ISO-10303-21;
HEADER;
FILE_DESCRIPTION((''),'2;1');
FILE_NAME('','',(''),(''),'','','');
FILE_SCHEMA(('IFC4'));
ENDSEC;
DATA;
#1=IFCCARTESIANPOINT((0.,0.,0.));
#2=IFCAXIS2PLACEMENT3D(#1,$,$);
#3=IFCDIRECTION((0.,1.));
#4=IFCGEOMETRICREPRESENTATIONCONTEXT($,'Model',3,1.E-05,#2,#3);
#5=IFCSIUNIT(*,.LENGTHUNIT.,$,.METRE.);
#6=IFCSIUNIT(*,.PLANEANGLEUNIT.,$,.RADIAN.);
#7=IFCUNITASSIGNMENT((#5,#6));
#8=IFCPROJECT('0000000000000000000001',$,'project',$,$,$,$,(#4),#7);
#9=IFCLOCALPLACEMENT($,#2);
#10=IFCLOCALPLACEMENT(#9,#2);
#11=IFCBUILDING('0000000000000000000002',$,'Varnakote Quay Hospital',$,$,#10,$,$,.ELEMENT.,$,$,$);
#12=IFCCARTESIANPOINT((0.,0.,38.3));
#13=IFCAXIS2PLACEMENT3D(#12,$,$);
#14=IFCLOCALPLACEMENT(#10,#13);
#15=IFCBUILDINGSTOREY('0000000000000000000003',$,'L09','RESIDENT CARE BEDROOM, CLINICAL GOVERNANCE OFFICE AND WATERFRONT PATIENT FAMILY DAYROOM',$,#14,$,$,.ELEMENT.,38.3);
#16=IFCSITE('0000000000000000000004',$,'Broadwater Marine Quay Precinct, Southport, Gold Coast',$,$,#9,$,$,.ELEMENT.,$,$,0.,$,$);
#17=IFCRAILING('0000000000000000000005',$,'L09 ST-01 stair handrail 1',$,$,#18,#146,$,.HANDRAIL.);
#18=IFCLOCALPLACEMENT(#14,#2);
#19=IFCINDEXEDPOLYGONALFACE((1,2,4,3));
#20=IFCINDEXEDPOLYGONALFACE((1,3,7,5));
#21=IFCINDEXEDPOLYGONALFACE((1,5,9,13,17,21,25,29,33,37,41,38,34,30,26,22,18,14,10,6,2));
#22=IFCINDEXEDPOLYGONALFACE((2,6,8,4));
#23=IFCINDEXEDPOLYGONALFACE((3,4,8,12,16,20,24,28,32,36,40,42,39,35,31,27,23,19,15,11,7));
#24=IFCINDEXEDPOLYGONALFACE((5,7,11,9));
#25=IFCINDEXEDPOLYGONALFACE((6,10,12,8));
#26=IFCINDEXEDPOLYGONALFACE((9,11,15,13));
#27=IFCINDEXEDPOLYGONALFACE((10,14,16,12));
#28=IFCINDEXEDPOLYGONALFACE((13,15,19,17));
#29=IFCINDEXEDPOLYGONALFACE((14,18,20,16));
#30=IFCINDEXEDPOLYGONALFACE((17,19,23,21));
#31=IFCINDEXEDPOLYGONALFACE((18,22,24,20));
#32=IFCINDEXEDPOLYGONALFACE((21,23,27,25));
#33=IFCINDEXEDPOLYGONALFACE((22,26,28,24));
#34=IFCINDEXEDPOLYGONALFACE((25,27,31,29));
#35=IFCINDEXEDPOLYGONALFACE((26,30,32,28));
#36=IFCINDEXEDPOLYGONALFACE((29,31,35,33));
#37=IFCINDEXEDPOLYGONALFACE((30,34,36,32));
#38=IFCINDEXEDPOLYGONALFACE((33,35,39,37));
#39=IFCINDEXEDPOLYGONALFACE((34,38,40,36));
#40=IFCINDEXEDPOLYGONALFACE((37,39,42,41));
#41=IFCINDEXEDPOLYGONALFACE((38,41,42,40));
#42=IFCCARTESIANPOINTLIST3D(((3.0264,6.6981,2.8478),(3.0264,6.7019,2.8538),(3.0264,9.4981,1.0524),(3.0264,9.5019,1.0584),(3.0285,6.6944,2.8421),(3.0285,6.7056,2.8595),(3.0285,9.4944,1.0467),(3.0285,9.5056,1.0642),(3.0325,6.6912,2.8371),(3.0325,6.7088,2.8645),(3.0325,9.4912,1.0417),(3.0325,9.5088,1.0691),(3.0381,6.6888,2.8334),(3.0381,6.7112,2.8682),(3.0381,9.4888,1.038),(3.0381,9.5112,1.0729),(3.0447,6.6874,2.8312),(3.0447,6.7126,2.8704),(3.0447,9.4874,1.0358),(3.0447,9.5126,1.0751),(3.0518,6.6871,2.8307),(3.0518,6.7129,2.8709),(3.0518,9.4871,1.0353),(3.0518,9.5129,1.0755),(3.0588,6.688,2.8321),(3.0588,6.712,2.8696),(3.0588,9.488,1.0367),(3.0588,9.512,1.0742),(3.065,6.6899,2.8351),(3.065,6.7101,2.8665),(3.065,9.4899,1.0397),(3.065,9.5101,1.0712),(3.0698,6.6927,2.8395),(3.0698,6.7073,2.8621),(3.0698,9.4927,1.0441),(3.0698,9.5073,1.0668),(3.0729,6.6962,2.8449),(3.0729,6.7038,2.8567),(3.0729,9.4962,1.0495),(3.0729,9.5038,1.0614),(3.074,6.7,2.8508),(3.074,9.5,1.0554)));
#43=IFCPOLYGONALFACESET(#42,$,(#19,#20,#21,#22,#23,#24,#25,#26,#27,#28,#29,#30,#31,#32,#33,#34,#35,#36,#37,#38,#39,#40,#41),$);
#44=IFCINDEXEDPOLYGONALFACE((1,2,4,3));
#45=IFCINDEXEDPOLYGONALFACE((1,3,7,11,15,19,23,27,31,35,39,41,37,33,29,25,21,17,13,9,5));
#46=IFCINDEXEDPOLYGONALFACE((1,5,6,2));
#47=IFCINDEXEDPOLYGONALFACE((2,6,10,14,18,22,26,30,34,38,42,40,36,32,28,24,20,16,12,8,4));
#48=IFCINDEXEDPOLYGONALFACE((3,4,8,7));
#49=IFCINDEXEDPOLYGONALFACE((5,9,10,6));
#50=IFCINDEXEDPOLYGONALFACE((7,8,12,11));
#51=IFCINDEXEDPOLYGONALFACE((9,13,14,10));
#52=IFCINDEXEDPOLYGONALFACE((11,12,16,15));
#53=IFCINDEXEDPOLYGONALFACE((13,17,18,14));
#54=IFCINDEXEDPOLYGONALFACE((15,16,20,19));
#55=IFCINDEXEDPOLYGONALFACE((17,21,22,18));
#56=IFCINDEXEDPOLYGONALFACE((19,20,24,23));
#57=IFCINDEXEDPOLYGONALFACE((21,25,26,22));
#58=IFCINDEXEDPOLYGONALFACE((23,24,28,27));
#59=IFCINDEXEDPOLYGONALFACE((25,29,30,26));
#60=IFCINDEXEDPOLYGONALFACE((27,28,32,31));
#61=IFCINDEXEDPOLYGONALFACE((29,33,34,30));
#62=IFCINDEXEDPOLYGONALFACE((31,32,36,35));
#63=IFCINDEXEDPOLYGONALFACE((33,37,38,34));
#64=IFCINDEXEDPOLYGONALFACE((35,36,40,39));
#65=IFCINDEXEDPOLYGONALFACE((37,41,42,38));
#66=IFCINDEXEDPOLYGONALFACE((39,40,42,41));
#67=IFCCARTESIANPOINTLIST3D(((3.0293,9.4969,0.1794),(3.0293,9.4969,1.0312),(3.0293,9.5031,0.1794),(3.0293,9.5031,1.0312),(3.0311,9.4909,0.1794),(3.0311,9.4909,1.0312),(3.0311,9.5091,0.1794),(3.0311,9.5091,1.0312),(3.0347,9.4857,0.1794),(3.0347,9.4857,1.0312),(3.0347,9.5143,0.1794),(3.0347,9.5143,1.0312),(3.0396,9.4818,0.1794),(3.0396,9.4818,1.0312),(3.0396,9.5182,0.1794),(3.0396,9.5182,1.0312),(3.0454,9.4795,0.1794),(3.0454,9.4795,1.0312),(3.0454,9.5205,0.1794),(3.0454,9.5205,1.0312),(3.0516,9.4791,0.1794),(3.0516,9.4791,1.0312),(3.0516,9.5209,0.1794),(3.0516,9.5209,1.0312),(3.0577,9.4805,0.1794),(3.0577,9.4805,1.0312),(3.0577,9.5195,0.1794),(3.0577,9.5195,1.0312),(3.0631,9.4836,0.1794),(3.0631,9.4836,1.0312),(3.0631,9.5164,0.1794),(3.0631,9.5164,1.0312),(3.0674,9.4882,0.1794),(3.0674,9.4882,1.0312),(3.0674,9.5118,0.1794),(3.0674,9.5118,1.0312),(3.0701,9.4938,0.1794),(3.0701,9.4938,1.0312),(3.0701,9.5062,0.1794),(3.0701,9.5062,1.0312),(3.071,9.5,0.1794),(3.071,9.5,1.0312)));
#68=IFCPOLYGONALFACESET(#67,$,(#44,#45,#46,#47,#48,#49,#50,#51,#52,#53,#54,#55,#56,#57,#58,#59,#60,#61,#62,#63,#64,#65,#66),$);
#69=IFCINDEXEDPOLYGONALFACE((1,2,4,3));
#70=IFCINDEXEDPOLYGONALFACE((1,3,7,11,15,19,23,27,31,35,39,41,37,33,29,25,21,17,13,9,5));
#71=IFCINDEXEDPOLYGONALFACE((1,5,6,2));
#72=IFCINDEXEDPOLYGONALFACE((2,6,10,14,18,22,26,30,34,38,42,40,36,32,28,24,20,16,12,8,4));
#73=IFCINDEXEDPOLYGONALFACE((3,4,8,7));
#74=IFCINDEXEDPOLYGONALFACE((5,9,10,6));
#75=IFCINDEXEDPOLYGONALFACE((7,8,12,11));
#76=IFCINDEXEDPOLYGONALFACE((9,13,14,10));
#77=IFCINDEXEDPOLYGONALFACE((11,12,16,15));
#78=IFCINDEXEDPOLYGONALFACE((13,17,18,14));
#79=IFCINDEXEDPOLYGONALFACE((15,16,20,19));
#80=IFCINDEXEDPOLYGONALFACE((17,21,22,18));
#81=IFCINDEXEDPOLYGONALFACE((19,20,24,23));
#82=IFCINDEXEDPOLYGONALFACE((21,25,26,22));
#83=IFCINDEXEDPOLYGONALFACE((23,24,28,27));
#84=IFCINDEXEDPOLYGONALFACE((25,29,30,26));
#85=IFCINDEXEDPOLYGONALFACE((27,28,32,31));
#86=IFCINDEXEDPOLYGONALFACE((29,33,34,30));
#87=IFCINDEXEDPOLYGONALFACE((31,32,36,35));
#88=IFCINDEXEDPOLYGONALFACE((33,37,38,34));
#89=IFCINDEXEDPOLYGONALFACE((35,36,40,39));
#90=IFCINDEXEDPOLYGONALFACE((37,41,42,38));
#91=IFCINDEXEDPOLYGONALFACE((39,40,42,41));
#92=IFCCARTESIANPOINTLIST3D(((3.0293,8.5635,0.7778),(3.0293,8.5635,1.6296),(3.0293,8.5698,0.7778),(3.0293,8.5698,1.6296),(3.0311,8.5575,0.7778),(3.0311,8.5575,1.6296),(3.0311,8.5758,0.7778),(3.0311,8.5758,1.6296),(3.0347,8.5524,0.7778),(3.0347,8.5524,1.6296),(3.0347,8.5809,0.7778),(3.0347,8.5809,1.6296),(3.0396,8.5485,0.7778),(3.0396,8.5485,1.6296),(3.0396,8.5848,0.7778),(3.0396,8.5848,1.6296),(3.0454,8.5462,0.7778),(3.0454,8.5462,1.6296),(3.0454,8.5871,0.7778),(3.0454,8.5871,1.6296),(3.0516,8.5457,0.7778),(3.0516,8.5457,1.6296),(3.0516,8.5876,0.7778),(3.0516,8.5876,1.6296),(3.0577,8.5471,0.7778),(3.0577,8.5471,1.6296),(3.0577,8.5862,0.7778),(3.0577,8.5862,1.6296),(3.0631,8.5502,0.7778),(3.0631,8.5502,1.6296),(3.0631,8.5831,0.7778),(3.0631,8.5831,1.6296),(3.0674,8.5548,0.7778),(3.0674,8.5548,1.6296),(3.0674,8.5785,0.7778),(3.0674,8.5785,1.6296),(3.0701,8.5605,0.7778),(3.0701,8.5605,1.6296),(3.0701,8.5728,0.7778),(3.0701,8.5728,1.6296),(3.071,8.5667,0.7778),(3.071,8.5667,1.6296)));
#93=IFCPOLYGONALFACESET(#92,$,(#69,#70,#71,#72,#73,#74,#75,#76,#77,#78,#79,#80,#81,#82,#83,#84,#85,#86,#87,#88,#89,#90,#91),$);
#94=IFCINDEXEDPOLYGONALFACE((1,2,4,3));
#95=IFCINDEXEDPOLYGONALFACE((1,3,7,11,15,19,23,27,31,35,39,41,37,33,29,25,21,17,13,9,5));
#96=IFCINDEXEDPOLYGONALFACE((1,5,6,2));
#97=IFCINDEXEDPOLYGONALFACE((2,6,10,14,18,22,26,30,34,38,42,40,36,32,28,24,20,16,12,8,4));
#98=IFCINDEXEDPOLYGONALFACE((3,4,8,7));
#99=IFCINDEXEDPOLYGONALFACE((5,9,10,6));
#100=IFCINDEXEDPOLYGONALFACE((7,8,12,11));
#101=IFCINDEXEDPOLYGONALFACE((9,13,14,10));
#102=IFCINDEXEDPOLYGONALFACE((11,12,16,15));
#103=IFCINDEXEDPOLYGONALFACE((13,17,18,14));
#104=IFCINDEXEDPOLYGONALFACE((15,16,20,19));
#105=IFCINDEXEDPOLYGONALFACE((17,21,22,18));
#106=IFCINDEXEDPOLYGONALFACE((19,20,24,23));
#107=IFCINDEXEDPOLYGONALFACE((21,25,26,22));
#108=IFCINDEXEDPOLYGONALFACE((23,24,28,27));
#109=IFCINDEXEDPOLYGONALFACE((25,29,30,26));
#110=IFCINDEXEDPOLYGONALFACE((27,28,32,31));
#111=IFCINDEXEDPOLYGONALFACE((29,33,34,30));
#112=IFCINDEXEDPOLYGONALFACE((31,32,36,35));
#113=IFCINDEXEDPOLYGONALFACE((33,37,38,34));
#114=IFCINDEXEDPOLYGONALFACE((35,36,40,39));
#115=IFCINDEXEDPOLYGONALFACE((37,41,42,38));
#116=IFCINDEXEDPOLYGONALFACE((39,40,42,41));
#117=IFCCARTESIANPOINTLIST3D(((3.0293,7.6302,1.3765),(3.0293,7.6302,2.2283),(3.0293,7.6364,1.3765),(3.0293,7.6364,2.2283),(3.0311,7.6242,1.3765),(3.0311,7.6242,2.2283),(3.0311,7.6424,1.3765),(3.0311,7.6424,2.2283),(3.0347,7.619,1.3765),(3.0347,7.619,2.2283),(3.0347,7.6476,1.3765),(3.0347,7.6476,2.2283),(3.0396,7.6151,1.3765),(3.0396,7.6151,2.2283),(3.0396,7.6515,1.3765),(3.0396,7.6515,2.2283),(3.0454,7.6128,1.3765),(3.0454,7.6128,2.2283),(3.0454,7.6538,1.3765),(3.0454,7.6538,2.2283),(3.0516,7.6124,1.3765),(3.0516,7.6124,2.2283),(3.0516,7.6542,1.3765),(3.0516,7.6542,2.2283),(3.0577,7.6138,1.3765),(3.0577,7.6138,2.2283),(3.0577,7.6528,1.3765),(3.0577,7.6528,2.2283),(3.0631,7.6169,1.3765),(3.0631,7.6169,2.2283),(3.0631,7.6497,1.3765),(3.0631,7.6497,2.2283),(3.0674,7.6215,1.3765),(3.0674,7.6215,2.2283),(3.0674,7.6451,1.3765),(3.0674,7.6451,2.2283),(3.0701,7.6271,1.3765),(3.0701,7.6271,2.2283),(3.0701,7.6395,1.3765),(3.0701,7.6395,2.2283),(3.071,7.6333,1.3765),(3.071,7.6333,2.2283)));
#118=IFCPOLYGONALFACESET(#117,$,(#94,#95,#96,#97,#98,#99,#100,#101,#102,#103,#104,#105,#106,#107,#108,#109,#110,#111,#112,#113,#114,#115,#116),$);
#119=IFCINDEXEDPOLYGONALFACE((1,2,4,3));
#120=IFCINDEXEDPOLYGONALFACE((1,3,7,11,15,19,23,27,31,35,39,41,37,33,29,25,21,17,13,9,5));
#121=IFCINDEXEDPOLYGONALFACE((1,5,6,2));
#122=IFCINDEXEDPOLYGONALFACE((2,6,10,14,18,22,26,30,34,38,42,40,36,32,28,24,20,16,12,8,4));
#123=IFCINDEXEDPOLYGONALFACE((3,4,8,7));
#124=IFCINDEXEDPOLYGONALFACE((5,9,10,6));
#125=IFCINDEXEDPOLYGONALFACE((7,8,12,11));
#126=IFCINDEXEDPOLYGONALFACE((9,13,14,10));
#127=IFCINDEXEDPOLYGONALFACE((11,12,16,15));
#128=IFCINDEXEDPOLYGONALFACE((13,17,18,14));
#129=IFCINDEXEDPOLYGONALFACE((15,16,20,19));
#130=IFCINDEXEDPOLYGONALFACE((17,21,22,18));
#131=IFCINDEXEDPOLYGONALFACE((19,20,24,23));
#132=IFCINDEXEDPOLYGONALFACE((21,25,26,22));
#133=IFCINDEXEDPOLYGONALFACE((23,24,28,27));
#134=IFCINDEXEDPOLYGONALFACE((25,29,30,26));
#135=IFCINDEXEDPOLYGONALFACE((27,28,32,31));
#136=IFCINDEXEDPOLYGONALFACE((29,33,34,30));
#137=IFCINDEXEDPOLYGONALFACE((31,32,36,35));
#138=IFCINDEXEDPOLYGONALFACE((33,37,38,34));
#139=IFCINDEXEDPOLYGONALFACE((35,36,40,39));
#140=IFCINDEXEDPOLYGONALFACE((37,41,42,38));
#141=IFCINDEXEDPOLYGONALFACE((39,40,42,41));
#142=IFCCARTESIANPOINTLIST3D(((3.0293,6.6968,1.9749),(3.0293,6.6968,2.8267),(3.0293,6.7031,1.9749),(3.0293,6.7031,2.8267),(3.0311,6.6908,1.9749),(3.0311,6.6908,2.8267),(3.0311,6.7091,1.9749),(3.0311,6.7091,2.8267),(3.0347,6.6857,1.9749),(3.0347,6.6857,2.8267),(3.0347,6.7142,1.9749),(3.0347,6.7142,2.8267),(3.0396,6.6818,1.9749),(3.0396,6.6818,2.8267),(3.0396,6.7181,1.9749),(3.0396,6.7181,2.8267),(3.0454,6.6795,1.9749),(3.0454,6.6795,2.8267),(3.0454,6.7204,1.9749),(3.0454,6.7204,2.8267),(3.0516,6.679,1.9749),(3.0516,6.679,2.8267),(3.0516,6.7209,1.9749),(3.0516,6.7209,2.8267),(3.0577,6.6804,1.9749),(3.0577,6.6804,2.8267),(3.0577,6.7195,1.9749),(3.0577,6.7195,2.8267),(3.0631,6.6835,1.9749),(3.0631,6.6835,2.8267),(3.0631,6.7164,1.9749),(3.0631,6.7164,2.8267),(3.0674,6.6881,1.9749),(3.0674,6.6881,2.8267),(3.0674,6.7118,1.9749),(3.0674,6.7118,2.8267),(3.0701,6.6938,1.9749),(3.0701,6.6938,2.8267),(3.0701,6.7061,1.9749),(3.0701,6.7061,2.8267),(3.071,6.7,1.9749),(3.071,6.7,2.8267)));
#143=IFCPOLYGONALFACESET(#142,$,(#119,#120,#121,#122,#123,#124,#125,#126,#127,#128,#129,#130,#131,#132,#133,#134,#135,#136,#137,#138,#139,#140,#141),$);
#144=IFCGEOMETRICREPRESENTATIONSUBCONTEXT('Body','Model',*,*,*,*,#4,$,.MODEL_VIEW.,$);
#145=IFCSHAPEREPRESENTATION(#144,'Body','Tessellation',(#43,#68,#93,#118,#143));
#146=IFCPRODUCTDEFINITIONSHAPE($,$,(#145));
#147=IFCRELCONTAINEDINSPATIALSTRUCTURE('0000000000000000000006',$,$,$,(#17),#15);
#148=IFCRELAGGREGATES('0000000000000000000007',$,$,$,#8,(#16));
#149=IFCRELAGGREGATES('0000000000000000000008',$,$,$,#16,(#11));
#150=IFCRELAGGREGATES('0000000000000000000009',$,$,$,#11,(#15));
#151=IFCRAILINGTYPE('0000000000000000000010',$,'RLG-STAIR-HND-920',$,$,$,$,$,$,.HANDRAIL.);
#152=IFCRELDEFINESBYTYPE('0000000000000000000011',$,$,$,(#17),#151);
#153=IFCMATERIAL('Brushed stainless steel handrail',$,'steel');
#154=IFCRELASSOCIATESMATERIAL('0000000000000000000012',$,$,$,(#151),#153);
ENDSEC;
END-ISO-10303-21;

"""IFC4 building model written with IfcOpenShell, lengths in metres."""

from ifc_helpers import new_model, si_unit, direction, frame, origin, origin_2d, place, context, subcontext, project, spatial, circle, extrude, material, type_object, element, save


model = new_model("IFC4")

# Units and contexts
model_context = context("Model", 3, precision=1e-05, world=origin(), true_north=direction((0.0, 1.0)))
body_context = subcontext(model_context, "Body", "Model", "MODEL_VIEW")
ifc_project = project(units=[si_unit("LENGTHUNIT", "METRE"), si_unit("PLANEANGLEUNIT", "RADIAN")], contexts=[model_context])

# Site, building, storey
site_placement = place(None, origin())
site = spatial("IfcSite", under=ifc_project, at=site_placement, Name="Broadwater Marine Quay Precinct, Southport, Gold Coast", CompositionType="ELEMENT", RefElevation=0.0)
building_placement = place(site_placement, origin())
building = spatial("IfcBuilding", under=site, at=building_placement, Name="Varnakote Quay Hospital", CompositionType="ELEMENT")
storey_placement = place(building_placement, frame((0.0, 0.0, 38.3)))
storey = spatial("IfcBuildingStorey", under=building, at=storey_placement, Name="L09", Description="RESIDENT CARE BEDROOM, CLINICAL GOVERNANCE OFFICE AND WATERFRONT PATIENT FAMILY DAYROOM", CompositionType="ELEMENT", Elevation=38.3)

# Railing
ifc_material_1 = material(Name="Brushed stainless steel handrail", Category="steel")
railing_type = type_object("IfcRailingType", Name="RLG-STAIR-HND-920", PredefinedType="HANDRAIL", material=ifc_material_1)
railing_placement = place(storey_placement, frame((3.05, 9.5, 0.1794)))
element("IfcRailing", 1, at=railing_placement, inside=storey, type_object=railing_type, Name="L09 ST-01 stair handrail 1", PredefinedType="HANDRAIL", context=body_context, shape_type="SweptSolid", body=[
    extrude(circle(Radius=0.0239, at=origin_2d()), frame((0.0, 0.0, 0.876), z_axis=(0.0, -0.84181, 0.539774), x_axis=(1.0, 0.0, 0.0)), (0.0, 0.0, 1.0), 3.3262),
    extrude(circle(Radius=0.021, at=origin_2d()), origin(), (0.0, 0.0, 1.0), 0.8518),
    extrude(circle(Radius=0.021, at=origin_2d()), frame((0.0, -0.9333, 0.5984)), (0.0, 0.0, 1.0), 0.8518),
    extrude(circle(Radius=0.021, at=origin_2d()), frame((0.0, -1.8667, 1.197)), (0.0, 0.0, 1.0), 0.8518),
    extrude(circle(Radius=0.021, at=origin_2d()), frame((0.0, -2.8, 1.7954)), (0.0, 0.0, 1.0), 0.8518),
])

save(model, "model.ifc")
